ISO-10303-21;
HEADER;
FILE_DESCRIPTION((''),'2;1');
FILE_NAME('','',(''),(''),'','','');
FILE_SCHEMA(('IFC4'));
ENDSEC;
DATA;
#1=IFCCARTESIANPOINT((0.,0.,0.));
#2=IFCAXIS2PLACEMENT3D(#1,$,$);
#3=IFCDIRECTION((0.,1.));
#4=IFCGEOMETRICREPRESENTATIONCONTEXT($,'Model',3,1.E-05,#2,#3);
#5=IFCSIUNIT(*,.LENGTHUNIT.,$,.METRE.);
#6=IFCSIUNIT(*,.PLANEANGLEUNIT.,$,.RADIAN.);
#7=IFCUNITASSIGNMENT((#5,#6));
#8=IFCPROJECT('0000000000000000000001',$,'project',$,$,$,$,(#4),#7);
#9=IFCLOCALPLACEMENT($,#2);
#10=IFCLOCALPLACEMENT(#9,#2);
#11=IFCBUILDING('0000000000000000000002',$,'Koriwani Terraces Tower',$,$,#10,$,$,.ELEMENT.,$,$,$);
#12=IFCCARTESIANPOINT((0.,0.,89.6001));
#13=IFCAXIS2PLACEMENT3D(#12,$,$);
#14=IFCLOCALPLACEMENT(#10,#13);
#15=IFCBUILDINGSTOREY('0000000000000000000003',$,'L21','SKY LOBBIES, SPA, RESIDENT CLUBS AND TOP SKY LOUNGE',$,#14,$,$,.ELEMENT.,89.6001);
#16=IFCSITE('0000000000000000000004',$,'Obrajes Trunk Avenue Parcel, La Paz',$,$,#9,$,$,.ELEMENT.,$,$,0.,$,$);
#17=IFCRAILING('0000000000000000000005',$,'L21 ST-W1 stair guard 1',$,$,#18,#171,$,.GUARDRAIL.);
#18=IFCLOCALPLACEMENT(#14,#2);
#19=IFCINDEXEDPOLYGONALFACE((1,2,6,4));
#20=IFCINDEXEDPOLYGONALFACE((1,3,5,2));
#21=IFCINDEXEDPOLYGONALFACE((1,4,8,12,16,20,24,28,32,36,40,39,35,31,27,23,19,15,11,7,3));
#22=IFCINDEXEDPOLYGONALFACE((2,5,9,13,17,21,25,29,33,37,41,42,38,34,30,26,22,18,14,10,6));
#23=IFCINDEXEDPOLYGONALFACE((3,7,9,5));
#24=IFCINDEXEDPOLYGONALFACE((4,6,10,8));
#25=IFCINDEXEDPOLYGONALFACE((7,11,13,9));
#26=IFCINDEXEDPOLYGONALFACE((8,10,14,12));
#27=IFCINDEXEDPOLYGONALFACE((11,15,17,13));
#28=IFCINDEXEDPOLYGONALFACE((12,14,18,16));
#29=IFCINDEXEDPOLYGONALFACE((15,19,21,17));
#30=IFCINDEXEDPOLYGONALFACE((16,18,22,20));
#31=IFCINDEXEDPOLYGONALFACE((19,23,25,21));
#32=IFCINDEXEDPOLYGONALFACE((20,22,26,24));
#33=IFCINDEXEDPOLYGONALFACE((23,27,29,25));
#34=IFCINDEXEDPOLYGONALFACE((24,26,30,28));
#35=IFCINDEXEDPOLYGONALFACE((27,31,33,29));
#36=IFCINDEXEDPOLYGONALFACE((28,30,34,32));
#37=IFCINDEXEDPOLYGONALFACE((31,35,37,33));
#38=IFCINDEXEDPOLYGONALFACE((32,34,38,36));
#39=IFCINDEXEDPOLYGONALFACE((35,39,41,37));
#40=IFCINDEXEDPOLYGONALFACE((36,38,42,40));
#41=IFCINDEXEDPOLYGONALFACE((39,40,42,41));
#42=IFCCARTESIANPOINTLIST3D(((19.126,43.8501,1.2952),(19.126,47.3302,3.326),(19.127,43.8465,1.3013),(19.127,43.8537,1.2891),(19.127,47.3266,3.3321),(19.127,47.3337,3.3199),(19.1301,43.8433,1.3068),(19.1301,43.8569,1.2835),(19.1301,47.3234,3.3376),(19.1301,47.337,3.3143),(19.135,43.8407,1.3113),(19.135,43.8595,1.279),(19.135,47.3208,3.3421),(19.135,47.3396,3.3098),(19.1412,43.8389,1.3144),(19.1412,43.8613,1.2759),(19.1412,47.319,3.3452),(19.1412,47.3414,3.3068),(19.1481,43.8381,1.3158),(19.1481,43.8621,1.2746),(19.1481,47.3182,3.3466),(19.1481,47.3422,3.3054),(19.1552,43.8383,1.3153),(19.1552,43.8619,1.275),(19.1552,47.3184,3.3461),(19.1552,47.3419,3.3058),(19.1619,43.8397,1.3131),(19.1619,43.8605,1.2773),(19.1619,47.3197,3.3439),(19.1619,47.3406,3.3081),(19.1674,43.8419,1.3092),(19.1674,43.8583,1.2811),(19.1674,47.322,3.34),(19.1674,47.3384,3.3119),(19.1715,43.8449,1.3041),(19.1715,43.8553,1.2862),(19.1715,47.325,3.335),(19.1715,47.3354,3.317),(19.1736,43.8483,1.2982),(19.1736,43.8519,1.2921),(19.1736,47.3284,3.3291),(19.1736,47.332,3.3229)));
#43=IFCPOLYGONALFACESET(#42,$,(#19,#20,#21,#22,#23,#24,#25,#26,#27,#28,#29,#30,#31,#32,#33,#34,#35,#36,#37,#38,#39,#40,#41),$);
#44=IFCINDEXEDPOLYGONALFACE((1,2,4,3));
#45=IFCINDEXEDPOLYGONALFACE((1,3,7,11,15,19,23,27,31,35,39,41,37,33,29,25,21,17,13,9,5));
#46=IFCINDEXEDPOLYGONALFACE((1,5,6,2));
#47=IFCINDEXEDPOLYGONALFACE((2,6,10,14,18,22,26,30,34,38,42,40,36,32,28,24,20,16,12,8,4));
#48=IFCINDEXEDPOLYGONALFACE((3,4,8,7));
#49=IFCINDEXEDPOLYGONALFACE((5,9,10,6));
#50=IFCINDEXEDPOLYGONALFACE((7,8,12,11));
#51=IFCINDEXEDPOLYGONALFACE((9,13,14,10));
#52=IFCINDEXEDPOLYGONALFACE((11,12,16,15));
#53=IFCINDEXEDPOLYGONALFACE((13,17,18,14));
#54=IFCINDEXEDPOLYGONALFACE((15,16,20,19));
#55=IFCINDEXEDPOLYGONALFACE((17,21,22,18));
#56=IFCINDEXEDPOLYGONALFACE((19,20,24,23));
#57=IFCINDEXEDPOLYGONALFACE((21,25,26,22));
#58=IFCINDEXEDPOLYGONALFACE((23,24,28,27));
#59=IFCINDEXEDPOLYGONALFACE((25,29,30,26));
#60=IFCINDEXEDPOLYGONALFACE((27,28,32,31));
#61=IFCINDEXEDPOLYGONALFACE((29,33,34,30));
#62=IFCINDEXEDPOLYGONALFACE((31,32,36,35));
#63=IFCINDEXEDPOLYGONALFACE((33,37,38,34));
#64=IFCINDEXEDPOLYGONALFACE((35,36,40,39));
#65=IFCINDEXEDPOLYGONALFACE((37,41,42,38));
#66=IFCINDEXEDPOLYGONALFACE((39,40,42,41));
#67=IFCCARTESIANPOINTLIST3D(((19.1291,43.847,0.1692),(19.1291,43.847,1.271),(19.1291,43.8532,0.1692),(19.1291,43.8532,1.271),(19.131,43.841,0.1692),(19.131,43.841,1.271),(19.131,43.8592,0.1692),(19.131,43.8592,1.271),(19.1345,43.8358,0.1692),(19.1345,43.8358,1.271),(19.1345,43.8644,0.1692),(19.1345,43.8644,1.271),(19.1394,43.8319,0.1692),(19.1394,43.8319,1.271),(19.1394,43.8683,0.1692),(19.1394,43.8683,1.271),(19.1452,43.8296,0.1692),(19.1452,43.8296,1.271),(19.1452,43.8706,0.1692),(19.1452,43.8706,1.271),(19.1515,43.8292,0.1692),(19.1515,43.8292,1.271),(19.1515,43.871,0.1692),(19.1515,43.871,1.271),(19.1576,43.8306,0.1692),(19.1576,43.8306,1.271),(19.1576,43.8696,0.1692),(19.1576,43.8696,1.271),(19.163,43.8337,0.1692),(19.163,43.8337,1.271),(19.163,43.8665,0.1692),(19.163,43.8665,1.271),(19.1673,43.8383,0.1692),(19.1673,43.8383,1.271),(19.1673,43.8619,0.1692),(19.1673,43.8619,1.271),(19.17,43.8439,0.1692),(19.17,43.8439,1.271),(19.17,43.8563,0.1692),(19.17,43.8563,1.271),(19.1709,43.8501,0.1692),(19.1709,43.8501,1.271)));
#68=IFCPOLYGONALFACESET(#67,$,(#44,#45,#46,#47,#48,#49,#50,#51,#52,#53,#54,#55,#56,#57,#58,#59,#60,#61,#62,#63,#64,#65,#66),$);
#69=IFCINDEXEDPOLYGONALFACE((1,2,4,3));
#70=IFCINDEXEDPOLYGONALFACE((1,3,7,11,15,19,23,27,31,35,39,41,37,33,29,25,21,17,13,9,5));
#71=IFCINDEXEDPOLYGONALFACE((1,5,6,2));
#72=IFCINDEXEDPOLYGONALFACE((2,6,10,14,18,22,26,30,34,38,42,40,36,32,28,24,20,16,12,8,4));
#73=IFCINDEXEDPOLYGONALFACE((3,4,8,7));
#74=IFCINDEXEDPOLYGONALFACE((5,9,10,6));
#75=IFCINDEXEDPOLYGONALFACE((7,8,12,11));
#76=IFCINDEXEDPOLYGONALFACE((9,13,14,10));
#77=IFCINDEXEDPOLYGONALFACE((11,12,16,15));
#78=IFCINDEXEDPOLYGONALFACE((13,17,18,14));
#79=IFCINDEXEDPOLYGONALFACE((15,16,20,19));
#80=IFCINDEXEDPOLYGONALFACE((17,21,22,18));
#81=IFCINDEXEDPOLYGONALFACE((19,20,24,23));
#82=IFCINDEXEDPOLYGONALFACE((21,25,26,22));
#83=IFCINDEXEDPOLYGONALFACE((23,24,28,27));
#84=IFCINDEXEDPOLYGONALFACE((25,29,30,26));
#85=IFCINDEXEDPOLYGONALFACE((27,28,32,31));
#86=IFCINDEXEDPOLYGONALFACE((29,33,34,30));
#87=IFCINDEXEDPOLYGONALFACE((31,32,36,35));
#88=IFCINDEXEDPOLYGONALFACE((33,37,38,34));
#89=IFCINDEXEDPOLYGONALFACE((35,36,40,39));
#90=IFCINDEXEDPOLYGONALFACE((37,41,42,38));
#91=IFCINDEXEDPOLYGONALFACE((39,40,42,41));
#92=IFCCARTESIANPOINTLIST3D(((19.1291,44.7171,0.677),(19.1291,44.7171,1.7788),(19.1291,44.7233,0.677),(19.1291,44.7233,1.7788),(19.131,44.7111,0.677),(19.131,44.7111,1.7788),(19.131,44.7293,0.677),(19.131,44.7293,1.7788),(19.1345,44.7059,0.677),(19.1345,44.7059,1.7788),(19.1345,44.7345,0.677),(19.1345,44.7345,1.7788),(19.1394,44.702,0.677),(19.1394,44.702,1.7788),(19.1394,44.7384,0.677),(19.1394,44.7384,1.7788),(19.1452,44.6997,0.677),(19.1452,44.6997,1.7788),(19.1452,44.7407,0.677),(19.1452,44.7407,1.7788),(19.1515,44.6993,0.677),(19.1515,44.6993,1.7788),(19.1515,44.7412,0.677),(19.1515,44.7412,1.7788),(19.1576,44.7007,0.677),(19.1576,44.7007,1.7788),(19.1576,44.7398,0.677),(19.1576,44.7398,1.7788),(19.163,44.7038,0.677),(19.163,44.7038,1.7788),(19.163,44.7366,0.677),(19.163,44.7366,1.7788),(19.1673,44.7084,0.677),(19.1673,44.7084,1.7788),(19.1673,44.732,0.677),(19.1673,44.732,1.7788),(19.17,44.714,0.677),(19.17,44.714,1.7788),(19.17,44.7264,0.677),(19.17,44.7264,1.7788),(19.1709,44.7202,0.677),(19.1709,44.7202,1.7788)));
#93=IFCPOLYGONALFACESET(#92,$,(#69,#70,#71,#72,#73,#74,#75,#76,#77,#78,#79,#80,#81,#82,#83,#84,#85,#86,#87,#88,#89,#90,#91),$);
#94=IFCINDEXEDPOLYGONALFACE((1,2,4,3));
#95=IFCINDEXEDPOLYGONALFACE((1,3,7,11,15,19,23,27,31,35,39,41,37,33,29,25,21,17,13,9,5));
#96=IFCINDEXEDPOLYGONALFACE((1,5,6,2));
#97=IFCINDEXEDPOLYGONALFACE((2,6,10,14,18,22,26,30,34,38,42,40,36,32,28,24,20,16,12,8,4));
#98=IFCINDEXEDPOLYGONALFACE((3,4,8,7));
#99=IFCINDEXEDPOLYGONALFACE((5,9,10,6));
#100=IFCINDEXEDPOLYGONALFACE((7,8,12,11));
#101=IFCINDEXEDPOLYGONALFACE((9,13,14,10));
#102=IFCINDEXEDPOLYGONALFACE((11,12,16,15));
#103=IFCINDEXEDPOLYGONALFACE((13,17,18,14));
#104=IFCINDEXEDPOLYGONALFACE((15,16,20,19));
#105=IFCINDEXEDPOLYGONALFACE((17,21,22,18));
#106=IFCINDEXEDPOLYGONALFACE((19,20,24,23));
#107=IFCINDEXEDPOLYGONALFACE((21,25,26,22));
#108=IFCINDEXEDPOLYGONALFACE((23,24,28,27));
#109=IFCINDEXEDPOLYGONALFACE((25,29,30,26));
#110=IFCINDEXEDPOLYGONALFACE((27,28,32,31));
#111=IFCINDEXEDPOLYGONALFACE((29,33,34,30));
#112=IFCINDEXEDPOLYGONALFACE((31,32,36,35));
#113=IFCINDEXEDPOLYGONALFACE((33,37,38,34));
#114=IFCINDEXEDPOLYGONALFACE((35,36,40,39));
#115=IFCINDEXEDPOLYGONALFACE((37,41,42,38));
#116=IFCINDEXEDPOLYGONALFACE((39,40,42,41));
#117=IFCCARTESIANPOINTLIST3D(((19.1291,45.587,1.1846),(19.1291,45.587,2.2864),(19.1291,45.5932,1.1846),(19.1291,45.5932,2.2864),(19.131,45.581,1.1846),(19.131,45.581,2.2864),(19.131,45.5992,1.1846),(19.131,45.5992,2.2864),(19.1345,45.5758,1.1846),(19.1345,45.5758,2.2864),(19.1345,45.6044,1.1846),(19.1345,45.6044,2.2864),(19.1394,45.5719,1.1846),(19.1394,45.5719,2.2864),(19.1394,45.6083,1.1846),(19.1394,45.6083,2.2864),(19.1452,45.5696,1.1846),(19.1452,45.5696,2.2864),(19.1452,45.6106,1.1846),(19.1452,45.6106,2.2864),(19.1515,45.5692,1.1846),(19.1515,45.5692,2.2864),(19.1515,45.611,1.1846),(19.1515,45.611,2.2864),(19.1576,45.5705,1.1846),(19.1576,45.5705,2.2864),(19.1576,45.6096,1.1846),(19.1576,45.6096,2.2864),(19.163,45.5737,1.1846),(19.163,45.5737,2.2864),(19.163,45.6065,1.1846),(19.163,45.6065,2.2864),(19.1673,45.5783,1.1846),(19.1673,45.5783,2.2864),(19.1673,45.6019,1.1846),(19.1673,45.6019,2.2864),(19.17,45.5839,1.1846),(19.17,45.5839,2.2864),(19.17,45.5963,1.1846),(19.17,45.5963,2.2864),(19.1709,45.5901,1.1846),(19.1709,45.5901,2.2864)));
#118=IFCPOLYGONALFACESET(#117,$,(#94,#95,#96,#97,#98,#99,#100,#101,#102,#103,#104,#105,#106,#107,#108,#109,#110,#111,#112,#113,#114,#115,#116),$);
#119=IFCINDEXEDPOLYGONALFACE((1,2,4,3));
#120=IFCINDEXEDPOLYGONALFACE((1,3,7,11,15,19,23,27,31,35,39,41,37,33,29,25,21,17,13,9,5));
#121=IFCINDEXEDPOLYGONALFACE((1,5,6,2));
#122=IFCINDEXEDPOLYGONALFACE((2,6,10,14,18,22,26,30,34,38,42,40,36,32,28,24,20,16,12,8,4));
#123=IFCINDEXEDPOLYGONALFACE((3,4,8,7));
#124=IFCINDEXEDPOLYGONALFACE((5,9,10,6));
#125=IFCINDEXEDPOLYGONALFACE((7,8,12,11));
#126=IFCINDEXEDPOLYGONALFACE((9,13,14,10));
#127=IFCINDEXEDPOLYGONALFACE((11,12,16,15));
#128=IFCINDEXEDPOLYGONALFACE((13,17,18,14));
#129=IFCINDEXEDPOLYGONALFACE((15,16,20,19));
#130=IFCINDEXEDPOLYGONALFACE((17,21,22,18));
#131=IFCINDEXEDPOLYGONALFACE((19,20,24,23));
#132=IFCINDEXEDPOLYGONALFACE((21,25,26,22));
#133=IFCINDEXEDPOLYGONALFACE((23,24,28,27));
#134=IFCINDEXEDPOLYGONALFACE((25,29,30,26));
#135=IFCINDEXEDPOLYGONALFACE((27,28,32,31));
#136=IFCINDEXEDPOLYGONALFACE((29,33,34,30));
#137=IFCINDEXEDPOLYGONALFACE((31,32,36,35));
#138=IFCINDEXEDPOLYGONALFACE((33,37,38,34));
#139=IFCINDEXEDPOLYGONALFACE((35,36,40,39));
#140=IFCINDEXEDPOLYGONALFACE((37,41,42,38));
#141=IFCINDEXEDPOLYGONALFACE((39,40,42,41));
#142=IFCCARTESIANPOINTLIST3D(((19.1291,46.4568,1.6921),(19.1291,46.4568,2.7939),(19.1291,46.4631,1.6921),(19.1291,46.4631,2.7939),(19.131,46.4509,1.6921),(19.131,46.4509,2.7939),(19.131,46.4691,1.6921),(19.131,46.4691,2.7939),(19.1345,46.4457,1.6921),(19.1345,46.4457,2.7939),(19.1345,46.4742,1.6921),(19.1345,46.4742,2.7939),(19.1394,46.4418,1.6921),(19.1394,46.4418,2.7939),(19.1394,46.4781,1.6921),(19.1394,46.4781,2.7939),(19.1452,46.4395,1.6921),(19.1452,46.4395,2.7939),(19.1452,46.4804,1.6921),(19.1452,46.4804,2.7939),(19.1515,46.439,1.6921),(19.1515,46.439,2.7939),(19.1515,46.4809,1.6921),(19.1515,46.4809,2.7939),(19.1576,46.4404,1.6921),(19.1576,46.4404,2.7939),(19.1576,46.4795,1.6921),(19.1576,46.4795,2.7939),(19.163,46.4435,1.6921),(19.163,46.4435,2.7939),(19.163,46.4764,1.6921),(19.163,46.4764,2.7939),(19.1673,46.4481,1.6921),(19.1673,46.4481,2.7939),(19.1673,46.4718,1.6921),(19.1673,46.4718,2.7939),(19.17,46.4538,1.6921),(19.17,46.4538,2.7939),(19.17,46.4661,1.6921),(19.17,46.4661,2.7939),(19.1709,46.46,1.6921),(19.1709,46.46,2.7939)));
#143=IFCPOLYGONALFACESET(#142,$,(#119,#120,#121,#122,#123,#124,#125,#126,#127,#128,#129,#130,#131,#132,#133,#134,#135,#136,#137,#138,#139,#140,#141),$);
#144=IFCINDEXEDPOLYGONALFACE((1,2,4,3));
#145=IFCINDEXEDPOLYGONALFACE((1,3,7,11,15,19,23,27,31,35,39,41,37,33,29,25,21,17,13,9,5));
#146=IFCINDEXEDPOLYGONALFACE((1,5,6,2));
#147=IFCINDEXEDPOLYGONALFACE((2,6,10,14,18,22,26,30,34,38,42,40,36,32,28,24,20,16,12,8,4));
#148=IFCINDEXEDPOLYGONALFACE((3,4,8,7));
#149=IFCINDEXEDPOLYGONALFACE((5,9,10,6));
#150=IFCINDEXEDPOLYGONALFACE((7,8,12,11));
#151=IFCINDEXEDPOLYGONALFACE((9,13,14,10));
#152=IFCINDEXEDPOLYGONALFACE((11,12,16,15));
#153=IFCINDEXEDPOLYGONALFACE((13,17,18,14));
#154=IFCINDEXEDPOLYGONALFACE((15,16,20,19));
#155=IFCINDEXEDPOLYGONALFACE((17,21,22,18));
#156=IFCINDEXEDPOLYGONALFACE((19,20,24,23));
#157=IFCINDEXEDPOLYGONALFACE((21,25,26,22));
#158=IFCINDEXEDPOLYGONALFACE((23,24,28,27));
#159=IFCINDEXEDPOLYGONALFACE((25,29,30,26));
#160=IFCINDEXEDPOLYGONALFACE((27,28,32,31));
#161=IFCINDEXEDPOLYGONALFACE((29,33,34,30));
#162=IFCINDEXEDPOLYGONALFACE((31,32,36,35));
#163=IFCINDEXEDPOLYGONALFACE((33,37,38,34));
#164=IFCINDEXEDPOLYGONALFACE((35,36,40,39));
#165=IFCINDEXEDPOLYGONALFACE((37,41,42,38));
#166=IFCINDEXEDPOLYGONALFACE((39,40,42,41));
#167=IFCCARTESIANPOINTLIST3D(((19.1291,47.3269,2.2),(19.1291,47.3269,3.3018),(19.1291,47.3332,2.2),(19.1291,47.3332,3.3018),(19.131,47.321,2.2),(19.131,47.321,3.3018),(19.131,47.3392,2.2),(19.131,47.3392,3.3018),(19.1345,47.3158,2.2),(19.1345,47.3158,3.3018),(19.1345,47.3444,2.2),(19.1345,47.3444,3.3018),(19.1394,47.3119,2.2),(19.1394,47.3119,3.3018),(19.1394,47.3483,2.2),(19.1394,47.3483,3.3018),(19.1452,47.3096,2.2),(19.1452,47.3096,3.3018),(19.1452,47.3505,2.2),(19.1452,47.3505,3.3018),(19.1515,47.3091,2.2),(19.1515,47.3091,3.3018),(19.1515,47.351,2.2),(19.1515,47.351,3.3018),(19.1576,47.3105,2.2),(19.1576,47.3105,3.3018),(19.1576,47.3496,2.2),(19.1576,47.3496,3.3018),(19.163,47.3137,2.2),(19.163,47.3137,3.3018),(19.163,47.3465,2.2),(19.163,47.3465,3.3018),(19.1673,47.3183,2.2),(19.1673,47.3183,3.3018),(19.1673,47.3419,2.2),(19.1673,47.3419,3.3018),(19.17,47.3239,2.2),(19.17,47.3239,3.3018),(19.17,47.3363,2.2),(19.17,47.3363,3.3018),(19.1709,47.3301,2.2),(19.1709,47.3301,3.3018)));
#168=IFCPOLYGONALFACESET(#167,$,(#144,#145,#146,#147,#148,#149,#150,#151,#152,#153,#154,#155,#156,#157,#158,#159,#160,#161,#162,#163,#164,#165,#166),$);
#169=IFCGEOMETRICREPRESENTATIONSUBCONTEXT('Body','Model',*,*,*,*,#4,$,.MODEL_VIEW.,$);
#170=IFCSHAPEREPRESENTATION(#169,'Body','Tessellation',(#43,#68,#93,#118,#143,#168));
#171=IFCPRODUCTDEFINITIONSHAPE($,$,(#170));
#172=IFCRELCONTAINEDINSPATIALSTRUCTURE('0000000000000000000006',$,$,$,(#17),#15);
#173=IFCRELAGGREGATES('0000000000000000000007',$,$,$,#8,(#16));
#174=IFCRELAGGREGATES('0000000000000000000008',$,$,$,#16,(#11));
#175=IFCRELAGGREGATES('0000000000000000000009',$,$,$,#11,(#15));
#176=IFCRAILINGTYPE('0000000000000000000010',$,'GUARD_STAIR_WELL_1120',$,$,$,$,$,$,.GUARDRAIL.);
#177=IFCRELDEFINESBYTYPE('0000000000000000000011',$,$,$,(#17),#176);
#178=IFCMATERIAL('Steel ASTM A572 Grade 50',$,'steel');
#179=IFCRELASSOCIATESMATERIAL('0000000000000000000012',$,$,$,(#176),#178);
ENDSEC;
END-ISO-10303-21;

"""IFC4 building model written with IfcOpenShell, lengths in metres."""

from ifc_helpers import new_model, si_unit, direction, frame, origin, origin_2d, place, context, subcontext, project, spatial, circle, extrude, material, type_object, element, save


model = new_model("IFC4")

# Units and contexts
model_context = context("Model", 3, precision=1e-05, world=origin(), true_north=direction((0.0, 1.0)))
body_context = subcontext(model_context, "Body", "Model", "MODEL_VIEW")
ifc_project = project(units=[si_unit("LENGTHUNIT", "METRE"), si_unit("PLANEANGLEUNIT", "RADIAN")], contexts=[model_context])

# Site, building, storey
site_placement = place(None, origin())
site = spatial("IfcSite", under=ifc_project, at=site_placement, Name="Obrajes Trunk Avenue Parcel, La Paz", CompositionType="ELEMENT", RefElevation=0.0)
building_placement = place(site_placement, origin())
building = spatial("IfcBuilding", under=site, at=building_placement, Name="Koriwani Terraces Tower", CompositionType="ELEMENT")
storey_placement = place(building_placement, frame((0.0, 0.0, 89.6001)))
storey = spatial("IfcBuildingStorey", under=building, at=storey_placement, Name="L21", Description="SKY LOBBIES, SPA, RESIDENT CLUBS AND TOP SKY LOUNGE", CompositionType="ELEMENT", Elevation=89.6001)

# Shared definitions
ifc_material_1 = material(Name="Steel ASTM A572 Grade 50", Category="steel")

# Railing
railing_type_1 = type_object("IfcRailingType", Name="GUARD_STAIR_WELL_1120", PredefinedType="GUARDRAIL", material=ifc_material_1)
railing_1_placement = place(storey_placement, frame((19.1499, 43.8501, 0.1692)))
element("IfcRailing", 1, at=railing_1_placement, inside=storey, type_object=railing_type_1, Name="L21 ST-W1 stair guard 1", PredefinedType="GUARDRAIL", context=body_context, shape_type="SweptSolid", body=[
    extrude(circle(Radius=0.0239, at=origin_2d()), frame((0.0, 0.0, 1.126), z_axis=(0.0, 0.863695, 0.504014), x_axis=(-1.0, 0.0, 0.0)), (0.0, 0.0, 1.0), 4.0293),
    extrude(circle(Radius=0.021, at=origin_2d()), origin(), (0.0, 0.0, 1.0), 1.1018),
    extrude(circle(Radius=0.021, at=origin_2d()), frame((0.0, 0.8701, 0.5078)), (0.0, 0.0, 1.0), 1.1018),
    extrude(circle(Radius=0.021, at=origin_2d()), frame((0.0, 1.74, 1.0154)), (0.0, 0.0, 1.0), 1.1018),
    extrude(circle(Radius=0.021, at=origin_2d()), frame((0.0, 2.6099, 1.5229)), (0.0, 0.0, 1.0), 1.1018),
    extrude(circle(Radius=0.021, at=origin_2d()), frame((0.0, 3.48, 2.0308)), (0.0, 0.0, 1.0), 1.1018),
])

save(model, "model.ifc")
